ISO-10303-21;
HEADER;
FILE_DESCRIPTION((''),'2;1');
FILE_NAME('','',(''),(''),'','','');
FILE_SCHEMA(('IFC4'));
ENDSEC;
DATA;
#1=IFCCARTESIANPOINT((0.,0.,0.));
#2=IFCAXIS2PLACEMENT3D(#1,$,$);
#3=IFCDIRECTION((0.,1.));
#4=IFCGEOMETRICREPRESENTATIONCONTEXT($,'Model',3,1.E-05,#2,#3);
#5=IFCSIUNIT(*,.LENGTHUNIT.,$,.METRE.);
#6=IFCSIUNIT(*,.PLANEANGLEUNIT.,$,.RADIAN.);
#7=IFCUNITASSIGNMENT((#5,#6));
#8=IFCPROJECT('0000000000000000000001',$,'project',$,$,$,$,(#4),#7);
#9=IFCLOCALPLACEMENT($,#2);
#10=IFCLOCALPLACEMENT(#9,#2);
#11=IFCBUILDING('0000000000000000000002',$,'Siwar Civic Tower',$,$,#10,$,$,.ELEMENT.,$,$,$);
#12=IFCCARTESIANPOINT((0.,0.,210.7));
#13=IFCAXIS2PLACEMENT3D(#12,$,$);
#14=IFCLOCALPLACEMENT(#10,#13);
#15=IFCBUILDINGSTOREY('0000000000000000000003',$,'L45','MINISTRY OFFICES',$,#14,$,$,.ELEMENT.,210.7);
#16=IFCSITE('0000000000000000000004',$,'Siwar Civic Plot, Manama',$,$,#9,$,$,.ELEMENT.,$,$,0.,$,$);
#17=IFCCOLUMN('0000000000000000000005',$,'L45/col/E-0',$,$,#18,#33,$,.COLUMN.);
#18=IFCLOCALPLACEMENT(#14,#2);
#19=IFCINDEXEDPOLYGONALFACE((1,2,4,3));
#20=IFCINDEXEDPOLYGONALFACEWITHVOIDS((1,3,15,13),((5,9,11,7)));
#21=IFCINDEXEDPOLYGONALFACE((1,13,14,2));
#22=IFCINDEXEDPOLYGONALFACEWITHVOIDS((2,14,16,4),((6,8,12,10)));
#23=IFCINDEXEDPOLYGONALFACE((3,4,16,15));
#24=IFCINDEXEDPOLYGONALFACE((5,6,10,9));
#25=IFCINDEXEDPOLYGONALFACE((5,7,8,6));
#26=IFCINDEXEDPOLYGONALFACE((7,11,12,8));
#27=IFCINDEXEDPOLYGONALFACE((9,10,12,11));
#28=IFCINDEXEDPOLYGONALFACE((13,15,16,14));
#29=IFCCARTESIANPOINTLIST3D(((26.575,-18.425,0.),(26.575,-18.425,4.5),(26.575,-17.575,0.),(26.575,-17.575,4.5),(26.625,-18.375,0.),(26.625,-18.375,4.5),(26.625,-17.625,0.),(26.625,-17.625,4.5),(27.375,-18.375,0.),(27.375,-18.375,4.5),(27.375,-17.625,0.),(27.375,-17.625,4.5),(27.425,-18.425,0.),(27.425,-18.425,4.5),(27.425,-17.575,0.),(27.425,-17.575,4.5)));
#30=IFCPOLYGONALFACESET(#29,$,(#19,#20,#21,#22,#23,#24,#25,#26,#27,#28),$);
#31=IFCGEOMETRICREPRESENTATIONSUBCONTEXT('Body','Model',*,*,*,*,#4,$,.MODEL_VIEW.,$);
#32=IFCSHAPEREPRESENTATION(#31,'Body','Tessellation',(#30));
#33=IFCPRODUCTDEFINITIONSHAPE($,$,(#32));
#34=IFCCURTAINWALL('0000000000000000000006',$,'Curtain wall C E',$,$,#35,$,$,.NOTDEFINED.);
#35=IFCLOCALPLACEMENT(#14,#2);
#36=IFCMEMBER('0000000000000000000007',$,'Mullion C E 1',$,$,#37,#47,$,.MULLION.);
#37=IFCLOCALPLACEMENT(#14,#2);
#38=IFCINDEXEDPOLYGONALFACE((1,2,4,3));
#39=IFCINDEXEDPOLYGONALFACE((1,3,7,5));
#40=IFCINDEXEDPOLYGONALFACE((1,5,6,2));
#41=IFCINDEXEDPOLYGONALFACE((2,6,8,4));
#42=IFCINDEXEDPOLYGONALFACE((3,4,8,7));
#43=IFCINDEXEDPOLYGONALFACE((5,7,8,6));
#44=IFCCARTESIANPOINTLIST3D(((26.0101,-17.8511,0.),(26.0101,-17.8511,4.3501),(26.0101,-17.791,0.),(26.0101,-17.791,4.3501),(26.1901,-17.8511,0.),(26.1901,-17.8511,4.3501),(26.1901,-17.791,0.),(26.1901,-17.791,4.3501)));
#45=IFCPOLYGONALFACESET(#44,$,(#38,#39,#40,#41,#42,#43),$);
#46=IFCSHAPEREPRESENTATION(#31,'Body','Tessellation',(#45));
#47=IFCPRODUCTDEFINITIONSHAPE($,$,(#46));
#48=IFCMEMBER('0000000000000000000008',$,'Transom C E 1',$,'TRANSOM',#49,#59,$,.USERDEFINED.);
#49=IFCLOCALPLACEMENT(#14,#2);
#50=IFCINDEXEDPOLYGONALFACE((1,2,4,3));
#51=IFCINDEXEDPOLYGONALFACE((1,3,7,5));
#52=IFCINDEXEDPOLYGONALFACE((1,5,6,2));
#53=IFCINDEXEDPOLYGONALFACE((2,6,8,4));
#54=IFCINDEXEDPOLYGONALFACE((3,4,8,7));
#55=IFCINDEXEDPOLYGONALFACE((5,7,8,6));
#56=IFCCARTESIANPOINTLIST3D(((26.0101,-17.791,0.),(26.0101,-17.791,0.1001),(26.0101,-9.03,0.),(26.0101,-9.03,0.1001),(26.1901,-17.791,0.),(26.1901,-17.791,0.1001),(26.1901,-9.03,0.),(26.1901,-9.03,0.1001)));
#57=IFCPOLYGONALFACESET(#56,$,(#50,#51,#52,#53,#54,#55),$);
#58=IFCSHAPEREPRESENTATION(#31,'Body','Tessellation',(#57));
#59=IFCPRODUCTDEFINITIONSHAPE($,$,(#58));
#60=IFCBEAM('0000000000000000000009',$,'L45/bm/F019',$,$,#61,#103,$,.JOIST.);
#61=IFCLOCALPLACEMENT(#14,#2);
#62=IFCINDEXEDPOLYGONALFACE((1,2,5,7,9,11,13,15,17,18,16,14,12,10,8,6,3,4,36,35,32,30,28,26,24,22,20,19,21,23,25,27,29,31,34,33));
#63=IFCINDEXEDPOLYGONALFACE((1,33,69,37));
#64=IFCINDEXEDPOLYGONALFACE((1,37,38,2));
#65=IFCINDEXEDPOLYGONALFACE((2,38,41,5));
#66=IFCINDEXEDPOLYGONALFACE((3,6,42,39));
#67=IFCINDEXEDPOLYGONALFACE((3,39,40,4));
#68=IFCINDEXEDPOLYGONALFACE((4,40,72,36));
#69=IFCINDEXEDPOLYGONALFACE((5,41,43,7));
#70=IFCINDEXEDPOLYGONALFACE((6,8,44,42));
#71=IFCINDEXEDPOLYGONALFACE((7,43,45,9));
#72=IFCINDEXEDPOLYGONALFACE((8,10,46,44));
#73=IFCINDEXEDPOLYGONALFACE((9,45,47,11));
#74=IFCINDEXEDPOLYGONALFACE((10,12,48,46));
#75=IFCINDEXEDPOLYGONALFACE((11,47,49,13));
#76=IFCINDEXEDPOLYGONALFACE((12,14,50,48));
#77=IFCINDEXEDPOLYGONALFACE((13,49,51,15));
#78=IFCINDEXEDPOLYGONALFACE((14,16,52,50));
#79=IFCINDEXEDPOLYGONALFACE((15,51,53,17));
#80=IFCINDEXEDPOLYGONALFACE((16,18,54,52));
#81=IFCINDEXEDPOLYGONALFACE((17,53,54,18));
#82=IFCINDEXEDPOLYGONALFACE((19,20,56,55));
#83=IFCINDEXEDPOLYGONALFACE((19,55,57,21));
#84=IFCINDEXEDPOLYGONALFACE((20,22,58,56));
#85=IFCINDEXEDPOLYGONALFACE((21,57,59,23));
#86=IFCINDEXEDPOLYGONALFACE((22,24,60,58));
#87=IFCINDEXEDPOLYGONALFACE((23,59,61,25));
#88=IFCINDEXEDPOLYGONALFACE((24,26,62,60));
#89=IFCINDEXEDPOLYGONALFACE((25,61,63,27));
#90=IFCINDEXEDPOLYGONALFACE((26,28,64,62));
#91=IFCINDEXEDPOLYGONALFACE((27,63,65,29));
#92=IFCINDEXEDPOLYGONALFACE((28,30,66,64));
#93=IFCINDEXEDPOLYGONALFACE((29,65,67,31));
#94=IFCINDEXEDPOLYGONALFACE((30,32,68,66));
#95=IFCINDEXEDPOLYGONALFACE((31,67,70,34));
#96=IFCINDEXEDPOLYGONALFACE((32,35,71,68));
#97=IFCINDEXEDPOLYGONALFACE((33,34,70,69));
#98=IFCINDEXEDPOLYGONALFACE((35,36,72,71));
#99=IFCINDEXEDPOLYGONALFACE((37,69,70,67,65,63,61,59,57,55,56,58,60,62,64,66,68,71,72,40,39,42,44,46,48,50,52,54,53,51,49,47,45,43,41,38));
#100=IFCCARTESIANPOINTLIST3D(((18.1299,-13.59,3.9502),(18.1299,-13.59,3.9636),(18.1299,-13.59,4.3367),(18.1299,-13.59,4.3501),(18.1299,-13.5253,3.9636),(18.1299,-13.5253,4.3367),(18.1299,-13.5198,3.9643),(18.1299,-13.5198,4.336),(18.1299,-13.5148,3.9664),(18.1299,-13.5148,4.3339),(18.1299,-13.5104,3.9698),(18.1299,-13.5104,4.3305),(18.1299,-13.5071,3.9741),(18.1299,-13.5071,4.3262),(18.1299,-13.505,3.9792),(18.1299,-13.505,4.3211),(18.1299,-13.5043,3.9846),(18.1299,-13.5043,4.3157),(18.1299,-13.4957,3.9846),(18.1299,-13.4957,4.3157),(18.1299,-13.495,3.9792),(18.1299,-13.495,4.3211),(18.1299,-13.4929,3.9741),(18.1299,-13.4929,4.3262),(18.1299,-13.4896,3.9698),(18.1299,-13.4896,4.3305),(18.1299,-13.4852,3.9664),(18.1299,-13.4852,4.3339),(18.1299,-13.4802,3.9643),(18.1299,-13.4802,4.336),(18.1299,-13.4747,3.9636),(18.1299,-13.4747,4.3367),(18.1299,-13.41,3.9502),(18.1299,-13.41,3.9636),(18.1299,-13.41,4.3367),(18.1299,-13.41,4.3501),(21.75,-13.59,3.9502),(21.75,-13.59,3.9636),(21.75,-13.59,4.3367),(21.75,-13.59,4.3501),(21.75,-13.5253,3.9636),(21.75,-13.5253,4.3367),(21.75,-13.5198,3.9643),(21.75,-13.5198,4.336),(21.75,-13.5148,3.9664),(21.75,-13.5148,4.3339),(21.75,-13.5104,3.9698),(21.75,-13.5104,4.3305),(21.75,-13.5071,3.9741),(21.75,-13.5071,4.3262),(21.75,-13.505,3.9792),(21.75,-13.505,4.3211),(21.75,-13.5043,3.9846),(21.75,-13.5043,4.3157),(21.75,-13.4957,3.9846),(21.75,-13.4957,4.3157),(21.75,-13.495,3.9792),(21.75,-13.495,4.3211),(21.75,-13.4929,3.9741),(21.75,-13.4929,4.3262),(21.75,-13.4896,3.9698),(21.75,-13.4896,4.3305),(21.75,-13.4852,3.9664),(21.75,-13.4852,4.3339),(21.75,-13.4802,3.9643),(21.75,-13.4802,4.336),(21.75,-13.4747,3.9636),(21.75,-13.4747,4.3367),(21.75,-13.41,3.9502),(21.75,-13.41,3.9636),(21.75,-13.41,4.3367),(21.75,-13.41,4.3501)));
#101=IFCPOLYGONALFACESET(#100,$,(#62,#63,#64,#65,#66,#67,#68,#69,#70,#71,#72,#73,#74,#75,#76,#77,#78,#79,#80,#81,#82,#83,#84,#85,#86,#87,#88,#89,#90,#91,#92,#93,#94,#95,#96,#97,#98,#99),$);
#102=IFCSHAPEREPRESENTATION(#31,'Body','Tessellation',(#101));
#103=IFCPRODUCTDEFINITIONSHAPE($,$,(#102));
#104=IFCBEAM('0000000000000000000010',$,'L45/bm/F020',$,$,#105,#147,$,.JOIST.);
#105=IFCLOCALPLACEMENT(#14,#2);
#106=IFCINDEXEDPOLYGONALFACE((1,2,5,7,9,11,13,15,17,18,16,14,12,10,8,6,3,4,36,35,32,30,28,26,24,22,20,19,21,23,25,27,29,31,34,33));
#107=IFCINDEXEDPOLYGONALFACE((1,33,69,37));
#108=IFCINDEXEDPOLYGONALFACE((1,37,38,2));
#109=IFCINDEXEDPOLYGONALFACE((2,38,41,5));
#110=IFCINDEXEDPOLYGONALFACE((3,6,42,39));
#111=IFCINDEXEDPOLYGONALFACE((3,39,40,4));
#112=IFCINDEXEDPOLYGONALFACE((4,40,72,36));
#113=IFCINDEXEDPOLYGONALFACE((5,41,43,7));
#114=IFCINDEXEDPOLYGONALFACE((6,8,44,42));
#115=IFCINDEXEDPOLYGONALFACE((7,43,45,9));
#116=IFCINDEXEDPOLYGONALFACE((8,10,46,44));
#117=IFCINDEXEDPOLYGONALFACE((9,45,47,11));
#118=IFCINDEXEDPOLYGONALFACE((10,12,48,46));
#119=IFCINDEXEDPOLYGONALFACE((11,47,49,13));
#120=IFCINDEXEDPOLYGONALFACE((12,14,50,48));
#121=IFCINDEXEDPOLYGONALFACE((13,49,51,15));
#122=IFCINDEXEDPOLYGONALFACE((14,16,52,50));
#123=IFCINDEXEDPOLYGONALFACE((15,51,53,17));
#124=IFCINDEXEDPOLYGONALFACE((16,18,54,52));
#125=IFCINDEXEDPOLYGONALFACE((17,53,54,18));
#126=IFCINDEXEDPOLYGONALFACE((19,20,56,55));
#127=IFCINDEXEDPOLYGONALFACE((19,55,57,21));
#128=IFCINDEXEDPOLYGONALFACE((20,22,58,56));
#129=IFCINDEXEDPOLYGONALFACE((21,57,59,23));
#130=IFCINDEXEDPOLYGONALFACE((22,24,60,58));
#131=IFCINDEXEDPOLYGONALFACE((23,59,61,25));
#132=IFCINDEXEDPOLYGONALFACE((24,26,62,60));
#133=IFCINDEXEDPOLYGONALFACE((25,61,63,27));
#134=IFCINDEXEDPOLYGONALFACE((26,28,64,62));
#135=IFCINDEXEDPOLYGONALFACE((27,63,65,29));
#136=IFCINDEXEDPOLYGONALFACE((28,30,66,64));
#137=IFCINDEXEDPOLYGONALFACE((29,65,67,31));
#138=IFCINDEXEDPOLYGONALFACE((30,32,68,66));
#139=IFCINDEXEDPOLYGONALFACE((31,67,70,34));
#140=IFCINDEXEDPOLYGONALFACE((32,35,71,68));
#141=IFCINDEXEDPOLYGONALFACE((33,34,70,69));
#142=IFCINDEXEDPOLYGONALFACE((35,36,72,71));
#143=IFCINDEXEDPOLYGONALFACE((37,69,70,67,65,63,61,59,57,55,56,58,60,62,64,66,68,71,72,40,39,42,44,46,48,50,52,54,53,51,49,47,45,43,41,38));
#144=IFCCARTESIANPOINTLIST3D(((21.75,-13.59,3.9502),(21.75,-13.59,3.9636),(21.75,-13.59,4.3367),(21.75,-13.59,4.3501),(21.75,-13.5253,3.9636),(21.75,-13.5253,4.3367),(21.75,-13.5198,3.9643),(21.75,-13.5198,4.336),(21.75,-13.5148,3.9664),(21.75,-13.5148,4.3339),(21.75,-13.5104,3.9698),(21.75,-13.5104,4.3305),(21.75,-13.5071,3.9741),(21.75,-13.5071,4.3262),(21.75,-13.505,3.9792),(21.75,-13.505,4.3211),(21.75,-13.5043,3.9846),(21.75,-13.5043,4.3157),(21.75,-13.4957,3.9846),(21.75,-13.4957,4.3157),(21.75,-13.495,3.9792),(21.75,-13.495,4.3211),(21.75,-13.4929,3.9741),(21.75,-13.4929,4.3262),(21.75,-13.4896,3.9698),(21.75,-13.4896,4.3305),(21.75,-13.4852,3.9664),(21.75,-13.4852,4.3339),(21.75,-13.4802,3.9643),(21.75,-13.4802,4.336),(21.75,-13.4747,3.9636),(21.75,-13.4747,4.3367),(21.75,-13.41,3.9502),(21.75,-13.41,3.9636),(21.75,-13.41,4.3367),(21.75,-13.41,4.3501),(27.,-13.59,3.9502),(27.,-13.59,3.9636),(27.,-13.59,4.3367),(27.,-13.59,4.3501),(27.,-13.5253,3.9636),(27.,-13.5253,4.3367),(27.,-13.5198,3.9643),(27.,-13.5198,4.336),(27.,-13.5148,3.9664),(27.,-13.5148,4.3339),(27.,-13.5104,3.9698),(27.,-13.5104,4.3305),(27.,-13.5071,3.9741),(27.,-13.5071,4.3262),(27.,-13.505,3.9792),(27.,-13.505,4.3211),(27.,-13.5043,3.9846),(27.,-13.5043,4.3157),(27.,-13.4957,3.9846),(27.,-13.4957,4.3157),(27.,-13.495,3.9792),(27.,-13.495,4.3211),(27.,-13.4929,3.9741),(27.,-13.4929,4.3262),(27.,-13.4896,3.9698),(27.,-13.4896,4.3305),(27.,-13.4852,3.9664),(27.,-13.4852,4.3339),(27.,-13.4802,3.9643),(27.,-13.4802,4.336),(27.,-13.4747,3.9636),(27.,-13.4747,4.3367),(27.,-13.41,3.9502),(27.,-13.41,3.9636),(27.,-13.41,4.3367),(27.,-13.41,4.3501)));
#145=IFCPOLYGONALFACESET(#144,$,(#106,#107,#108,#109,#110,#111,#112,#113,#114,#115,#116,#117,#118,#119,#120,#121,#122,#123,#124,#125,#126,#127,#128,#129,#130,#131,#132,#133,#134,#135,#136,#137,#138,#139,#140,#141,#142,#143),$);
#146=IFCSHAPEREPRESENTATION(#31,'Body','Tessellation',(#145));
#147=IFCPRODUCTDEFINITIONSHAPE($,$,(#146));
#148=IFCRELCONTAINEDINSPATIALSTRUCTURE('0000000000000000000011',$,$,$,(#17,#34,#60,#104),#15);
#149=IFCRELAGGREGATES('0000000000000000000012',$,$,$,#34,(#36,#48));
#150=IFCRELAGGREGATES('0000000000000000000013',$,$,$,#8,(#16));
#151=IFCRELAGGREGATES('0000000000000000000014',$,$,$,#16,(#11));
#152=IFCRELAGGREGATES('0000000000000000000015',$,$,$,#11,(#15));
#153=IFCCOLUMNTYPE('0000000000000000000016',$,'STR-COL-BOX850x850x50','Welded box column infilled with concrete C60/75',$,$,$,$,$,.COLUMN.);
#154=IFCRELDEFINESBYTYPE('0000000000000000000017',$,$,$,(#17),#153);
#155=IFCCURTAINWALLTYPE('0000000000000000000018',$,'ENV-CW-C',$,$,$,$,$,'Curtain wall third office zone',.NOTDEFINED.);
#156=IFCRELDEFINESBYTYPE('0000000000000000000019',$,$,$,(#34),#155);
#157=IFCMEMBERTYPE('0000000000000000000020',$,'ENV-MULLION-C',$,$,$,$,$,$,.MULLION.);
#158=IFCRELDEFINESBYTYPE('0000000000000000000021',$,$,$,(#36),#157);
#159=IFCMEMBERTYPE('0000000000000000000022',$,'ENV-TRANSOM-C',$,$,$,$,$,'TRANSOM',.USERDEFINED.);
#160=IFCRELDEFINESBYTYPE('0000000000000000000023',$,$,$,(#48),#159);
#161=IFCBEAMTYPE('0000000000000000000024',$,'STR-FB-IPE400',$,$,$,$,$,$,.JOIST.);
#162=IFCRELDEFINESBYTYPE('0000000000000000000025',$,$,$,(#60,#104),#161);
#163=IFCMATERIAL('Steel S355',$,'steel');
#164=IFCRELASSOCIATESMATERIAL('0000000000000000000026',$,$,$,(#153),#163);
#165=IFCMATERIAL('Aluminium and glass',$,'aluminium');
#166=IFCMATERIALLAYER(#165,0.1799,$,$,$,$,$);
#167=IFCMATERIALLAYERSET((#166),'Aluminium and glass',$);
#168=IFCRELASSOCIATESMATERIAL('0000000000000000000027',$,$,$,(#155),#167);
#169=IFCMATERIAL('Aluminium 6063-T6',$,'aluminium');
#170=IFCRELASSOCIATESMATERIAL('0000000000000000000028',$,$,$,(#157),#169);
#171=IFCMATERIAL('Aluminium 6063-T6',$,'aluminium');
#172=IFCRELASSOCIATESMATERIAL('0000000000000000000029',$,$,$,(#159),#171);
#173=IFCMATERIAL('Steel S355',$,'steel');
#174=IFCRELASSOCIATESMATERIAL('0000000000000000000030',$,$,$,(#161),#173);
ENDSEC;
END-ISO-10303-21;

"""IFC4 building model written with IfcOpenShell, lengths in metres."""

from ifc_helpers import new_model, si_unit, direction, frame, origin, origin_2d, place, context, subcontext, project, spatial, rectangle, hollow_rectangle, i_section, extrude, material, layer, layer_set, material_profile, profile_set, type_object, element, aggregate, save


model = new_model("IFC4")

# Units and contexts
model_context = context("Model", 3, precision=1e-05, world=origin(), true_north=direction((0.0, 1.0)))
body_context = subcontext(model_context, "Body", "Model", "MODEL_VIEW")
ifc_project = project(units=[si_unit("LENGTHUNIT", "METRE"), si_unit("PLANEANGLEUNIT", "RADIAN")], contexts=[model_context])

# Site, building, storey
site_placement = place(None, origin())
site = spatial("IfcSite", under=ifc_project, at=site_placement, Name="Siwar Civic Plot, Manama", CompositionType="ELEMENT", RefElevation=0.0)
building_placement = place(site_placement, origin())
building = spatial("IfcBuilding", under=site, at=building_placement, Name="Siwar Civic Tower", CompositionType="ELEMENT")
storey_placement = place(building_placement, frame((0.0, 0.0, 210.7)))
storey = spatial("IfcBuildingStorey", under=building, at=storey_placement, Name="L45", Description="MINISTRY OFFICES", CompositionType="ELEMENT", Elevation=210.7)

# Column
ifc_material_1 = material(Name="Steel S355", Category="steel")
ifc_material_profile_1 = material_profile(ifc_material_1, hollow_rectangle(XDim=0.8501, YDim=0.8501, WallThickness=0.05, at=origin_2d()), Name="BOX850x850x50")
ifc_profile_set_1 = profile_set([ifc_material_profile_1], Name="Steel S355")
column_type = type_object("IfcColumnType", Name="STR-COL-BOX850x850x50", Description="Welded box column infilled with concrete C60/75", PredefinedType="COLUMN", material=ifc_profile_set_1)
column_placement = place(storey_placement, frame((27.0, -18.0, 0.0), z_axis=(0.0, 0.0, 1.0), x_axis=(1.0, 0.0, 0.0)))
element("IfcColumn", 1, at=column_placement, inside=storey, type_object=column_type, Name="L45/col/E-0", PredefinedType="COLUMN", context=body_context, shape_type="SweptSolid", body=[
    extrude(hollow_rectangle(XDim=0.8501, YDim=0.8501, WallThickness=0.05, at=origin_2d()), origin(), (0.0, 0.0, 1.0), 4.5),
])

# Curtain wall, members
ifc_material_2 = material(Name="Aluminium and glass", Category="aluminium")
ifc_layer_1 = layer(ifc_material_2, 0.1799)
ifc_layer_set_1 = layer_set([ifc_layer_1], Name="Aluminium and glass")
curtain_wall_type = type_object("IfcCurtainWallType", Name="ENV-CW-C", ElementType="Curtain wall third office zone", PredefinedType="NOTDEFINED", material=ifc_layer_set_1)
curtain_wall_placement = place(storey_placement, origin())
curtain_wall = element("IfcCurtainWall", 2, at=curtain_wall_placement, inside=storey, type_object=curtain_wall_type, Name="Curtain wall C E", PredefinedType="NOTDEFINED")
ifc_material_3 = material(Name="Aluminium 6063-T6", Category="aluminium")
ifc_material_profile_2 = material_profile(ifc_material_3, rectangle(XDim=0.1799, YDim=0.0601, at=origin_2d()), Name="AL 180x60")
ifc_profile_set_2 = profile_set([ifc_material_profile_2], Name="Aluminium 6063-T6")
member_type_1 = type_object("IfcMemberType", Name="ENV-MULLION-C", PredefinedType="MULLION", material=ifc_profile_set_2)
member_1_placement = place(storey_placement, frame((26.1001, -17.821, 0.0), z_axis=(0.0, 0.0, 1.0), x_axis=(-1.0, 0.0, 0.0)))
member_1 = element("IfcMember", 3, at=member_1_placement, type_object=member_type_1, Name="Mullion C E 1", PredefinedType="MULLION", context=body_context, shape_type="SweptSolid", body=[
    extrude(rectangle(XDim=0.1799, YDim=0.0601, at=origin_2d()), origin(), (0.0, 0.0, 1.0), 4.3501),
])
ifc_material_4 = material(Name="Aluminium 6063-T6", Category="aluminium")
ifc_material_profile_3 = material_profile(ifc_material_4, rectangle(XDim=0.1799, YDim=0.1001, at=origin_2d()), Name="AL 180x100")
ifc_profile_set_3 = profile_set([ifc_material_profile_3], Name="Aluminium 6063-T6")
member_type_2 = type_object("IfcMemberType", Name="ENV-TRANSOM-C", ElementType="TRANSOM", PredefinedType="USERDEFINED", material=ifc_profile_set_3)
member_2_placement = place(storey_placement, frame((26.1001, -17.791, 0.05), z_axis=(0.0, 1.0, 0.0), x_axis=(-1.0, 0.0, 0.0)))
member_2 = element("IfcMember", 4, at=member_2_placement, type_object=member_type_2, Name="Transom C E 1", ObjectType="TRANSOM", PredefinedType="USERDEFINED", context=body_context, shape_type="SweptSolid", body=[
    extrude(rectangle(XDim=0.1799, YDim=0.1001, at=origin_2d()), origin(), (0.0, 0.0, 1.0), 8.761),
])

# Beams
ifc_material_5 = material(Name="Steel S355", Category="steel")
ifc_material_profile_4 = material_profile(ifc_material_5, i_section(OverallWidth=0.1799, OverallDepth=0.3999, WebThickness=0.0085, FlangeThickness=0.0134, FilletRadius=0.021, at=origin_2d()), Name="IPE400")
ifc_profile_set_4 = profile_set([ifc_material_profile_4], Name="Steel S355")
beam_type_1 = type_object("IfcBeamType", Name="STR-FB-IPE400", PredefinedType="JOIST", material=ifc_profile_set_4)
beam_1_placement = place(storey_placement, frame((18.1299, -13.5, 4.1501), z_axis=(1.0, 0.0, 0.0), x_axis=(0.0, 1.0, 0.0)))
element("IfcBeam", 5, at=beam_1_placement, inside=storey, type_object=beam_type_1, Name="L45/bm/F019", PredefinedType="JOIST", context=body_context, shape_type="SweptSolid", body=[
    extrude(i_section(OverallWidth=0.1799, OverallDepth=0.3999, WebThickness=0.0085, FlangeThickness=0.0134, FilletRadius=0.021, at=origin_2d()), origin(), (0.0, 0.0, 1.0), 3.6201),
])
beam_2_placement = place(storey_placement, frame((21.75, -13.5, 4.1501), z_axis=(1.0, 0.0, 0.0), x_axis=(0.0, 1.0, 0.0)))
element("IfcBeam", 6, at=beam_2_placement, inside=storey, type_object=beam_type_1, Name="L45/bm/F020", PredefinedType="JOIST", context=body_context, shape_type="SweptSolid", body=[
    extrude(i_section(OverallWidth=0.1799, OverallDepth=0.3999, WebThickness=0.0085, FlangeThickness=0.0134, FilletRadius=0.021, at=origin_2d()), origin(), (0.0, 0.0, 1.0), 5.25),
])

aggregate(curtain_wall, [member_1, member_2])

save(model, "model.ifc")
